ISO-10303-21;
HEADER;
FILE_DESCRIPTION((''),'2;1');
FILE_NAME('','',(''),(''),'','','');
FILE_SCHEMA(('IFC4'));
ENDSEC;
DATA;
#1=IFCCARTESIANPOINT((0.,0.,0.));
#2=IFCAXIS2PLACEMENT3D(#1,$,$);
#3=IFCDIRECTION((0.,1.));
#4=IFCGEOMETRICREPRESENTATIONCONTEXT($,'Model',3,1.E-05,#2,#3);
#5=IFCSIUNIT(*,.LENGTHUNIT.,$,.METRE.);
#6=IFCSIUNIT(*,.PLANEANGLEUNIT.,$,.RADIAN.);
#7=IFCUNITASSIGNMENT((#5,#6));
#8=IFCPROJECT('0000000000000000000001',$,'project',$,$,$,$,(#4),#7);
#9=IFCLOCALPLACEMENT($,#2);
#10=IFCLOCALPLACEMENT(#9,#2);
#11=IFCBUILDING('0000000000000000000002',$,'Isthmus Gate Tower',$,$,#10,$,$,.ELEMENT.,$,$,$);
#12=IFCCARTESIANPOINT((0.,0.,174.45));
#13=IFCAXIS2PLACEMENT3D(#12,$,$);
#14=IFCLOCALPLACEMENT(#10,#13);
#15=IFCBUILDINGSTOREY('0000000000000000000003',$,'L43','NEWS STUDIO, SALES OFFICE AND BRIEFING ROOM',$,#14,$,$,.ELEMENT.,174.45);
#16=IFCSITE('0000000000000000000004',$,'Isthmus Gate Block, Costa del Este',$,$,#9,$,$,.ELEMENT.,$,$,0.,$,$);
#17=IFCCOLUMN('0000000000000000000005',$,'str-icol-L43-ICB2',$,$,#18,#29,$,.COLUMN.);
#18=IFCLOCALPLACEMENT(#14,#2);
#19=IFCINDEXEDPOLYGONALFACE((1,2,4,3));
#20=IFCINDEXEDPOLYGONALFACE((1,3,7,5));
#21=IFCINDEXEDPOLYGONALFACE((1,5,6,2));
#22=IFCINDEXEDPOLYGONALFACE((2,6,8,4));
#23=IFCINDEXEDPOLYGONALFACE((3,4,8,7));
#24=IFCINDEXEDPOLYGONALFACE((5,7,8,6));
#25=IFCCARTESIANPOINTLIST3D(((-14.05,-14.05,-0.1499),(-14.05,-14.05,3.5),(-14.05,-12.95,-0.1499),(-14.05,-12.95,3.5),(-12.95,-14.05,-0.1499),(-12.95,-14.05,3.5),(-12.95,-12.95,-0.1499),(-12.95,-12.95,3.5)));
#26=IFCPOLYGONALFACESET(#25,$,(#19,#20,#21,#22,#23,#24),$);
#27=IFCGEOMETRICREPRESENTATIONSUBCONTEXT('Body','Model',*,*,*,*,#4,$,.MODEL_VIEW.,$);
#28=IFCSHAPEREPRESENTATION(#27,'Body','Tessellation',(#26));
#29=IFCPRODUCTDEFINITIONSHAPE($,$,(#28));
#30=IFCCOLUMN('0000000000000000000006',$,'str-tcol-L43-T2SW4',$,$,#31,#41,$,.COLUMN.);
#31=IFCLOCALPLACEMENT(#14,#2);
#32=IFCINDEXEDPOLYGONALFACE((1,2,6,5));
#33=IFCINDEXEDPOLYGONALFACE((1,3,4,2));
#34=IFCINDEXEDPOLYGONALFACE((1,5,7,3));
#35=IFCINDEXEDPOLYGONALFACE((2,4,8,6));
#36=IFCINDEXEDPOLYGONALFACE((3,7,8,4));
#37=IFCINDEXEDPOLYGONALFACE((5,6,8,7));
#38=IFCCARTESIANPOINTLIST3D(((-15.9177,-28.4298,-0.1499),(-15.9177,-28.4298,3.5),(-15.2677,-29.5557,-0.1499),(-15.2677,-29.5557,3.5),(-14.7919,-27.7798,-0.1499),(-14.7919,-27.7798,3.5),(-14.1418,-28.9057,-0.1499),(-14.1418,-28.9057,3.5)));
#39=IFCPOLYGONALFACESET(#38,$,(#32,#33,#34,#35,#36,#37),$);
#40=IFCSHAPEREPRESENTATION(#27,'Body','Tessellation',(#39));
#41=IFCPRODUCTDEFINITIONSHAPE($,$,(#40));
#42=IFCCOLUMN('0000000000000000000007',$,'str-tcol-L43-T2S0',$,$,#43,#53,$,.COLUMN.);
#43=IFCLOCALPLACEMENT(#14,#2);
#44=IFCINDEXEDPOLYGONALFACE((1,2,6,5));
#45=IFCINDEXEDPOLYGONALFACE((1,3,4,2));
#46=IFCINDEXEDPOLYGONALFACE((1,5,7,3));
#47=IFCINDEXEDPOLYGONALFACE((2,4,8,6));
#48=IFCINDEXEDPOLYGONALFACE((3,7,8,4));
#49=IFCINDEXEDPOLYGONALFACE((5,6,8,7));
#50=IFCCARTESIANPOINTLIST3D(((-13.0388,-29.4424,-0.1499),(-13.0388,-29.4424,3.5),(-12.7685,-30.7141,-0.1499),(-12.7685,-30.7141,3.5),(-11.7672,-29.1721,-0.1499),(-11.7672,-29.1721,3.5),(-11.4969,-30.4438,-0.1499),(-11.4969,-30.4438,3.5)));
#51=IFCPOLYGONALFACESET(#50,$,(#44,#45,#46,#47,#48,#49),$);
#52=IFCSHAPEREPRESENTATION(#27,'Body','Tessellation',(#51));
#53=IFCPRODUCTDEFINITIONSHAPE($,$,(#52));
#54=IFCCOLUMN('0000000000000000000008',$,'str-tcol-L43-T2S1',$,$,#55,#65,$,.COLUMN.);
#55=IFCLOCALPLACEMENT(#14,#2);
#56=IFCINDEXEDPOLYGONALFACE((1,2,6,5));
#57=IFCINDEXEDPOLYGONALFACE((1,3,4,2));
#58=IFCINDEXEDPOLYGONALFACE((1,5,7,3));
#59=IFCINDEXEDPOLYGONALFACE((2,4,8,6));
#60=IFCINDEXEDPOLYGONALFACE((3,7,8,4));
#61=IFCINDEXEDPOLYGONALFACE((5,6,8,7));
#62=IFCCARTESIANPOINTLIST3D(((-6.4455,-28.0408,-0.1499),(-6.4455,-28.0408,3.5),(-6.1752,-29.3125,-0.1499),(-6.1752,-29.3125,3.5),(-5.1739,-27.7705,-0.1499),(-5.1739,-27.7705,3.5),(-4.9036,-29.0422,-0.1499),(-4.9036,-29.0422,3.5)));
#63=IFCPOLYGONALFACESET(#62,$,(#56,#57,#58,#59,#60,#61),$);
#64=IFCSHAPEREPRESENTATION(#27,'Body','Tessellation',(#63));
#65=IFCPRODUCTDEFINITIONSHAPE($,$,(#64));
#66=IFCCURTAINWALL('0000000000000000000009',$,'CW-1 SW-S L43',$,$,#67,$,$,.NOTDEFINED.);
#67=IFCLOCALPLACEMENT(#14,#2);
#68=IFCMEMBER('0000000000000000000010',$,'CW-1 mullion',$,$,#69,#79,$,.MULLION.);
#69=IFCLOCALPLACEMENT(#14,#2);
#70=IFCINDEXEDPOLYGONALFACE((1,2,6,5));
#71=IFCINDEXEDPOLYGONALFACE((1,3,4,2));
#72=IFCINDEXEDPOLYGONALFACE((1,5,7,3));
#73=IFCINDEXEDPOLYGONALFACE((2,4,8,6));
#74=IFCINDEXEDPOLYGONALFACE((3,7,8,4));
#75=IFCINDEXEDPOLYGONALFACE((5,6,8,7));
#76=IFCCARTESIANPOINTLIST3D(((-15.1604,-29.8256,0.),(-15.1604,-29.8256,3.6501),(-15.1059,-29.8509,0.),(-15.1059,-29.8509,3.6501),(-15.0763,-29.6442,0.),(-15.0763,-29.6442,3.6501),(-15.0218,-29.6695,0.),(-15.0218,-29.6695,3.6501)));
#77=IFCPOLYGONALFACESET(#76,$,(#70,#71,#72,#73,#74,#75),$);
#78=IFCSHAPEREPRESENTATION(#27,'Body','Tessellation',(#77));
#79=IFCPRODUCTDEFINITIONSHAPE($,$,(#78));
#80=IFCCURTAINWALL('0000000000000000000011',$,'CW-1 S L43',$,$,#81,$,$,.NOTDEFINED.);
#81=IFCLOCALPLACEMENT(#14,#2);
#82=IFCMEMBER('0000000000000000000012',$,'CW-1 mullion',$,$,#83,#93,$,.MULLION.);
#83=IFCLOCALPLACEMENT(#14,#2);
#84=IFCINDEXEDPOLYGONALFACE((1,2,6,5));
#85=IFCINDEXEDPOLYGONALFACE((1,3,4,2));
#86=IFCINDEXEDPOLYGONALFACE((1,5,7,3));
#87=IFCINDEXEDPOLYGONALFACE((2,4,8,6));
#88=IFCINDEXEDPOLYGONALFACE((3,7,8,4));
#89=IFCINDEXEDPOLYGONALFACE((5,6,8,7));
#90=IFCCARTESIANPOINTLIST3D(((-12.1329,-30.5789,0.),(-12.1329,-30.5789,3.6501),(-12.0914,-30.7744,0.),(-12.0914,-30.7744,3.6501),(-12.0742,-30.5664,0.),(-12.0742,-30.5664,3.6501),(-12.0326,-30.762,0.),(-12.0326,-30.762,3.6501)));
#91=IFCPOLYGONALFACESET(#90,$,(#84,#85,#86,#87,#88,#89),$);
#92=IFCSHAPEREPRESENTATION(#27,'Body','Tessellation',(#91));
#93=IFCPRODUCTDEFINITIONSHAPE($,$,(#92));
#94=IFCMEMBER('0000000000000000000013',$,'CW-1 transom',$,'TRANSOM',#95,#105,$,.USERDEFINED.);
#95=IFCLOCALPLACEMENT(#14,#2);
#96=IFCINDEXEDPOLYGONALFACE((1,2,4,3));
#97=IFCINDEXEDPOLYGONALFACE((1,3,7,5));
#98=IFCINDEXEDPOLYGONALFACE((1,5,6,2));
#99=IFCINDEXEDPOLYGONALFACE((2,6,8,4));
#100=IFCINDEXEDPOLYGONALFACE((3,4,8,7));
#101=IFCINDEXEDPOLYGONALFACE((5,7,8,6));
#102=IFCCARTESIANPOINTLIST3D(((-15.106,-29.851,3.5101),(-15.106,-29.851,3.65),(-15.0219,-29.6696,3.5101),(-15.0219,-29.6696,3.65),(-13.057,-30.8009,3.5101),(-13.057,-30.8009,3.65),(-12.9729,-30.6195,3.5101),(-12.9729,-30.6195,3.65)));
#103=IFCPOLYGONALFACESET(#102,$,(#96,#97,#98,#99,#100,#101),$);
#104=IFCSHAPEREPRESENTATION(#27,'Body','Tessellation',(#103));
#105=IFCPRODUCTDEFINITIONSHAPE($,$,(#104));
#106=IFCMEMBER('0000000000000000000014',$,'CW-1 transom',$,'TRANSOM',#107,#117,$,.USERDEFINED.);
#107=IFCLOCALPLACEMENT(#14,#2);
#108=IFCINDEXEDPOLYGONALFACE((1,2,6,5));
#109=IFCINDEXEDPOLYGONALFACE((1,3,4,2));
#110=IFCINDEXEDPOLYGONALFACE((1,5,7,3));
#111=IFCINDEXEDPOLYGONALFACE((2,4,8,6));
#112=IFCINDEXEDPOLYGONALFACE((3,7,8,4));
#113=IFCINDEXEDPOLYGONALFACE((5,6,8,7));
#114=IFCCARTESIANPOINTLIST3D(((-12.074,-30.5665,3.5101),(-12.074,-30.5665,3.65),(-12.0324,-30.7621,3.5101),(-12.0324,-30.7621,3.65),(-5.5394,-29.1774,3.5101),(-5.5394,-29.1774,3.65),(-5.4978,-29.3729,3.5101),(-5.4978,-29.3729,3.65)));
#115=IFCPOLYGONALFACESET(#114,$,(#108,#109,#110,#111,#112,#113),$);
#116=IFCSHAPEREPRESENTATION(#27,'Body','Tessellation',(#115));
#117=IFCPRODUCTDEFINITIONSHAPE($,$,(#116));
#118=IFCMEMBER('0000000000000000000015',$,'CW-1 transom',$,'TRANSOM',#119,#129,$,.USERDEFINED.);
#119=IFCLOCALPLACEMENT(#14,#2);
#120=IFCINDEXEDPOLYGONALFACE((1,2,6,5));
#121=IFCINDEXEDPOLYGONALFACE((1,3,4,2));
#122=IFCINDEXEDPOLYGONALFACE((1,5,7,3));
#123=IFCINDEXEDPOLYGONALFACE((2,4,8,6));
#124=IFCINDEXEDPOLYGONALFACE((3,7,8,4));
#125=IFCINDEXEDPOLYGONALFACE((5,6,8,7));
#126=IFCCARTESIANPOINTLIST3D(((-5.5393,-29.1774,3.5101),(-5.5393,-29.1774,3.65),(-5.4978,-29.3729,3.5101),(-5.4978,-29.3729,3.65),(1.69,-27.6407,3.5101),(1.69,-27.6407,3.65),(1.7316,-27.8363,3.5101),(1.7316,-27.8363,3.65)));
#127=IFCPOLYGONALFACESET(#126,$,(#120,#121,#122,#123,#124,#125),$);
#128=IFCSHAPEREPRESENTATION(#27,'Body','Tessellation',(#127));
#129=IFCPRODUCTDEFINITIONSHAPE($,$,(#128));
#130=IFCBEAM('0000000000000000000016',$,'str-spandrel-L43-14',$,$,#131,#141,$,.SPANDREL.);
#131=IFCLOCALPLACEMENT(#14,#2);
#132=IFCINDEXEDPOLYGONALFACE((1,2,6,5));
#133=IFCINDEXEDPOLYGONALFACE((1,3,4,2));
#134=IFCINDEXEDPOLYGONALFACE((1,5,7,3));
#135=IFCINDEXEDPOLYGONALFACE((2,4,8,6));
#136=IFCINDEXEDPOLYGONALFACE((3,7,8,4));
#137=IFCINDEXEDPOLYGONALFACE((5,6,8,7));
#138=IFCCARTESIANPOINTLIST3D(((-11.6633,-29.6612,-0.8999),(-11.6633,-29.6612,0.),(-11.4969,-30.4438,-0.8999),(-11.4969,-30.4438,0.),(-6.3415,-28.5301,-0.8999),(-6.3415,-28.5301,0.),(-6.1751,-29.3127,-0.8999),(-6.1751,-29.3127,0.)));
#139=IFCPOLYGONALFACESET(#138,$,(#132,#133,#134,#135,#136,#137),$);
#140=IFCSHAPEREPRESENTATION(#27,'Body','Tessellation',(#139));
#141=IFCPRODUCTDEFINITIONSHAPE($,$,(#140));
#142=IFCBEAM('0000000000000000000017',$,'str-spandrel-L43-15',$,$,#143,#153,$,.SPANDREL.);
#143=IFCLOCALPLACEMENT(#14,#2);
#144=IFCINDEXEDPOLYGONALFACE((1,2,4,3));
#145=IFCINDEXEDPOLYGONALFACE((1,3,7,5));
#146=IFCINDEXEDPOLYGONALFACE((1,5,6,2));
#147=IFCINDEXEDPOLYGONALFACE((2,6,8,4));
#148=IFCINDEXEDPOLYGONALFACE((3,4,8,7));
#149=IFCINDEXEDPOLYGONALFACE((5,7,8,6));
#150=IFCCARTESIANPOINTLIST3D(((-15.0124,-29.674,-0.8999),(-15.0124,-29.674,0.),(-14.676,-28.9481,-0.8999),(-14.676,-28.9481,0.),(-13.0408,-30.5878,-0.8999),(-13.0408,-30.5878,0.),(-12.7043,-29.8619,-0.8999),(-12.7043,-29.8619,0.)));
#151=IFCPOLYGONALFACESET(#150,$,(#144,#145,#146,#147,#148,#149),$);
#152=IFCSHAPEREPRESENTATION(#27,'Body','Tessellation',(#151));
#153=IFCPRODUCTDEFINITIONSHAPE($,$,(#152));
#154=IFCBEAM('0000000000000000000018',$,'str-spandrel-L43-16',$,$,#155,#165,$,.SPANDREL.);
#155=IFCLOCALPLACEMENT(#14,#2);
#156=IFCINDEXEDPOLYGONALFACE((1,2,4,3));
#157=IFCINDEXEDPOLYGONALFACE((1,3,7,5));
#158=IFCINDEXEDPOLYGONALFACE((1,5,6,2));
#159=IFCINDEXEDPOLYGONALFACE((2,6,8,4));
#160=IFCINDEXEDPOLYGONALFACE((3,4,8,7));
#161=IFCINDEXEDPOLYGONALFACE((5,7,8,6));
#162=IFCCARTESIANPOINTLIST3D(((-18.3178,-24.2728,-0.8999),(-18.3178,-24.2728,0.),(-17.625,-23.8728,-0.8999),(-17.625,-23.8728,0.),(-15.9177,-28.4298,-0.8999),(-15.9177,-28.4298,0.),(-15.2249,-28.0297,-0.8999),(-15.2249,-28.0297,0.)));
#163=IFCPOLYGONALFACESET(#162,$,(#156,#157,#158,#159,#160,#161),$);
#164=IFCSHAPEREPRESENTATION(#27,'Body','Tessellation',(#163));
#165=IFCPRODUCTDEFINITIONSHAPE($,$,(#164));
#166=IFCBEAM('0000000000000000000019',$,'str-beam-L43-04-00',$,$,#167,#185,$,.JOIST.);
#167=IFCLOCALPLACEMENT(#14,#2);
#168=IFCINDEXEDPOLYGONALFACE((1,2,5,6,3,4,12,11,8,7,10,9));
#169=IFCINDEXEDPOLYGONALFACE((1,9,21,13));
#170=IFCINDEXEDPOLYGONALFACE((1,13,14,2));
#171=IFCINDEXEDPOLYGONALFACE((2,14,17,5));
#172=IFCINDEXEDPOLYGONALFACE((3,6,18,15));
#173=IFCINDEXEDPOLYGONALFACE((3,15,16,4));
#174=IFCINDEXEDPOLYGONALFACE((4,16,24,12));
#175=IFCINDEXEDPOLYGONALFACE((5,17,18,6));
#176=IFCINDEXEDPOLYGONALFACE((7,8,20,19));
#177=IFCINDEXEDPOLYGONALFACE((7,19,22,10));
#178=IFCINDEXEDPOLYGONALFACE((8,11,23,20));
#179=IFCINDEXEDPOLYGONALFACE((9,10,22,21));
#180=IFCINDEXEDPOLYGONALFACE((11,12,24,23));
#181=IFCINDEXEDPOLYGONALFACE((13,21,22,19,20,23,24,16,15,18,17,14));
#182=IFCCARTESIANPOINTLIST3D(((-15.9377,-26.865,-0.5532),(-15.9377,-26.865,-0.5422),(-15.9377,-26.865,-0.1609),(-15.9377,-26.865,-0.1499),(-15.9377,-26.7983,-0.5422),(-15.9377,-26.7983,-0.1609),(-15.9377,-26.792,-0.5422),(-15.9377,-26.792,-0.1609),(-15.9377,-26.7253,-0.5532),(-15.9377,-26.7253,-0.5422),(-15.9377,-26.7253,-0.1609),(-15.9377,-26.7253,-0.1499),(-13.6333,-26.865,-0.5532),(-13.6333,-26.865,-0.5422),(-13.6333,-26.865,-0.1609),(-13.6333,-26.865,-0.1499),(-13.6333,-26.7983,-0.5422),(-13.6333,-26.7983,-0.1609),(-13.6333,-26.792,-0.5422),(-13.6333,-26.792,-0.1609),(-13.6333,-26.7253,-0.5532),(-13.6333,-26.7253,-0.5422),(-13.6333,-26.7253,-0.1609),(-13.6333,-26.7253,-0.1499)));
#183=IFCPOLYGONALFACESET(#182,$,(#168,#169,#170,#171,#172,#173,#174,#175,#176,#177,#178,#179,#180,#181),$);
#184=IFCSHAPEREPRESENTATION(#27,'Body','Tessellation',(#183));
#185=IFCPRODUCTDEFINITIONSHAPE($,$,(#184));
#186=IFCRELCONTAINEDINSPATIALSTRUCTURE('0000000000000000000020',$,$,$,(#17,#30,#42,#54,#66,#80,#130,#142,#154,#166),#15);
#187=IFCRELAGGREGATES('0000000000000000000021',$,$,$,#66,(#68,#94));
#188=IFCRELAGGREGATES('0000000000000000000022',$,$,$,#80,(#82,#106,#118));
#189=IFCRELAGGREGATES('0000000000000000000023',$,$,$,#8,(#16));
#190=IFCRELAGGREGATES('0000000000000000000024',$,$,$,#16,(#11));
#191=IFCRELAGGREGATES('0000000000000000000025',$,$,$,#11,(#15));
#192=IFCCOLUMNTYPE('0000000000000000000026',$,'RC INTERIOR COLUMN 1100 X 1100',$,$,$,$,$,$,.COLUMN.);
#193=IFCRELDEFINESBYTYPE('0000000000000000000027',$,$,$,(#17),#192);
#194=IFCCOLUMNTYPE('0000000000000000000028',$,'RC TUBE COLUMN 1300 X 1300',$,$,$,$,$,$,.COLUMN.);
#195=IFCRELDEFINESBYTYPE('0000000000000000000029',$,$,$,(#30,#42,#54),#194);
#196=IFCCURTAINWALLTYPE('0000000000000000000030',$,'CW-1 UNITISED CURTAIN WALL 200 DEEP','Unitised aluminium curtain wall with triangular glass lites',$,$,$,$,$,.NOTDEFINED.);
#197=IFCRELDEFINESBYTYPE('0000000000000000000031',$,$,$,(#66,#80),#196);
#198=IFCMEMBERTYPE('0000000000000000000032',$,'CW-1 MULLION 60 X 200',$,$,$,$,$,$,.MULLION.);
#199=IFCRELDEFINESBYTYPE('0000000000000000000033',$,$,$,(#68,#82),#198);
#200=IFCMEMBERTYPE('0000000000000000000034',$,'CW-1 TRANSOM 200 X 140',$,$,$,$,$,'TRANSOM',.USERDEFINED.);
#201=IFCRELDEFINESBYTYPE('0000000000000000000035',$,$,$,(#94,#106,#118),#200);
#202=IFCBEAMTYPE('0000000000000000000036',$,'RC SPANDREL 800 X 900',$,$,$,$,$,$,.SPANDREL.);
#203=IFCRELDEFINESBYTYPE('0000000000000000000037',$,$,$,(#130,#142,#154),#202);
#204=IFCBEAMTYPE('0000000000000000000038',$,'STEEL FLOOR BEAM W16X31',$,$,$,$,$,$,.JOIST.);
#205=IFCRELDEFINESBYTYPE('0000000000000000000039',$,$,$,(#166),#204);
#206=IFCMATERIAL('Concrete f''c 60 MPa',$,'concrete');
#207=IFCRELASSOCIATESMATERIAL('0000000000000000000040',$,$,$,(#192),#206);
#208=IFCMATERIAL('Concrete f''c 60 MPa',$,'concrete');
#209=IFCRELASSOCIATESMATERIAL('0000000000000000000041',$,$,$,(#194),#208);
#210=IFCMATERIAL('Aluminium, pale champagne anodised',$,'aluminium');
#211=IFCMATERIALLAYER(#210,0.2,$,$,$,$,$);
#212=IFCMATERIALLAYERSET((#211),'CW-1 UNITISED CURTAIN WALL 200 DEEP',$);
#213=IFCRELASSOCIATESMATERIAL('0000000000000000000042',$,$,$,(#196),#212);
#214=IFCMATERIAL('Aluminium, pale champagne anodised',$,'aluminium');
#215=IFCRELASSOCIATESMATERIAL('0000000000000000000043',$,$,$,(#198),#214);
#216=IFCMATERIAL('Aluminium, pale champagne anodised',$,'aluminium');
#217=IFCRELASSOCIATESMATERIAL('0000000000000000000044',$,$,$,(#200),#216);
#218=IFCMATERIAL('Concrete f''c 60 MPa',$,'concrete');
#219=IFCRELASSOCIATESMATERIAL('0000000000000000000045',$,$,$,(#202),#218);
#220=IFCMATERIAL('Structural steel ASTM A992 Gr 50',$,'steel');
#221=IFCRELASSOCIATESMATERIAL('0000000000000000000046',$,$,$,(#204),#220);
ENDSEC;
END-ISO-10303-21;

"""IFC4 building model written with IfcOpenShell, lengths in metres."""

from ifc_helpers import new_model, si_unit, direction, frame, origin, origin_2d, place, context, subcontext, project, spatial, rectangle, i_section, extrude, material, layer, layer_set, material_profile, profile_set, type_object, element, aggregate, save


model = new_model("IFC4")

# Units and contexts
model_context = context("Model", 3, precision=1e-05, world=origin(), true_north=direction((0.0, 1.0)))
body_context = subcontext(model_context, "Body", "Model", "MODEL_VIEW")
ifc_project = project(units=[si_unit("LENGTHUNIT", "METRE"), si_unit("PLANEANGLEUNIT", "RADIAN")], contexts=[model_context])

# Site, building, storey
site_placement = place(None, origin())
site = spatial("IfcSite", under=ifc_project, at=site_placement, Name="Isthmus Gate Block, Costa del Este", CompositionType="ELEMENT", RefElevation=0.0)
building_placement = place(site_placement, origin())
building = spatial("IfcBuilding", under=site, at=building_placement, Name="Isthmus Gate Tower", CompositionType="ELEMENT")
storey_placement = place(building_placement, frame((0.0, 0.0, 174.45)))
storey = spatial("IfcBuildingStorey", under=building, at=storey_placement, Name="L43", Description="NEWS STUDIO, SALES OFFICE AND BRIEFING ROOM", CompositionType="ELEMENT", Elevation=174.45)

# Columns
ifc_material_1 = material(Name="Concrete f'c 60 MPa", Category="concrete")
ifc_material_profile_1 = material_profile(ifc_material_1, rectangle(XDim=1.1001, YDim=1.1001, at=origin_2d()), Name="RC 1100X1100")
ifc_profile_set_1 = profile_set([ifc_material_profile_1], Name="Concrete f'c 60 MPa")
column_type_1 = type_object("IfcColumnType", Name="RC INTERIOR COLUMN 1100 X 1100", PredefinedType="COLUMN", material=ifc_profile_set_1)
column_placement = place(storey_placement, frame((-13.5, -13.5, -0.1499), z_axis=(0.0, 0.0, 1.0), x_axis=(1.0, 0.0, 0.0)))
element("IfcColumn", 1, at=column_placement, inside=storey, type_object=column_type_1, Name="str-icol-L43-ICB2", PredefinedType="COLUMN", context=body_context, shape_type="SweptSolid", body=[
    extrude(rectangle(XDim=1.1001, YDim=1.1001, at=origin_2d()), origin(), (0.0, 0.0, 1.0), 3.6499),
])
ifc_material_2 = material(Name="Concrete f'c 60 MPa", Category="concrete")
ifc_material_profile_2 = material_profile(ifc_material_2, rectangle(XDim=1.3, YDim=1.3, at=origin_2d()), Name="RC 1300X1300")
ifc_profile_set_2 = profile_set([ifc_material_profile_2], Name="Concrete f'c 60 MPa")
column_type_2 = type_object("IfcColumnType", Name="RC TUBE COLUMN 1300 X 1300", PredefinedType="COLUMN", material=ifc_profile_set_2)
for number, where, z_axis, x_axis, name in (
    (2, (-15.0298, -28.6677, -0.1499), (0.0, 0.0, 1.0), (0.5, -0.866025, 0.0), "str-tcol-L43-T2SW4"),
    (3, (-12.2678, -29.9431, -0.1499), (0.0, 0.0, 1.0), (0.978148, 0.207912, 0.0), "str-tcol-L43-T2S0"),
    (4, (-5.6746, -28.5415, -0.1499), (0.0, 0.0, 1.0), (0.978148, 0.207912, 0.0), "str-tcol-L43-T2S1"),
):
    element("IfcColumn", number, at=place(storey_placement, frame(where, z_axis=z_axis, x_axis=x_axis)), inside=storey, type_object=column_type_2, Name=name, PredefinedType="COLUMN", context=body_context, shape_type="SweptSolid", body=[
        extrude(rectangle(XDim=1.3, YDim=1.3, at=origin_2d()), origin(), (0.0, 0.0, 1.0), 3.6499),
    ])

# Curtain walls, members
ifc_material_3 = material(Name="Aluminium, pale champagne anodised", Category="aluminium")
ifc_layer_1 = layer(ifc_material_3, 0.2)
ifc_layer_set_1 = layer_set([ifc_layer_1], Name="CW-1 UNITISED CURTAIN WALL 200 DEEP")
curtain_wall_type = type_object("IfcCurtainWallType", Name="CW-1 UNITISED CURTAIN WALL 200 DEEP", Description="Unitised aluminium curtain wall with triangular glass lites", PredefinedType="NOTDEFINED", material=ifc_layer_set_1)
curtain_wall_1_placement = place(storey_placement, origin())
curtain_wall_1 = element("IfcCurtainWall", 5, at=curtain_wall_1_placement, inside=storey, type_object=curtain_wall_type, Name="CW-1 SW-S L43", PredefinedType="NOTDEFINED")
ifc_material_4 = material(Name="Aluminium, pale champagne anodised", Category="aluminium")
ifc_material_profile_3 = material_profile(ifc_material_4, rectangle(XDim=0.0601, YDim=0.2, at=origin_2d()), Name="60x200")
ifc_profile_set_3 = profile_set([ifc_material_profile_3], Name="Aluminium, pale champagne anodised")
member_type_1 = type_object("IfcMemberType", Name="CW-1 MULLION 60 X 200", PredefinedType="MULLION", material=ifc_profile_set_3)
member_1_placement = place(storey_placement, frame((-15.0911, -29.7476, 0.0), z_axis=(0.0, 0.0, 1.0), x_axis=(0.907256, -0.420578, 0.0)))
member_1 = element("IfcMember", 6, at=member_1_placement, type_object=member_type_1, Name="CW-1 mullion", PredefinedType="MULLION", context=body_context, shape_type="SweptSolid", body=[
    extrude(rectangle(XDim=0.0601, YDim=0.2, at=origin_2d()), origin(), (0.0, 0.0, 1.0), 3.6501),
])
curtain_wall_2_placement = place(storey_placement, origin())
curtain_wall_2 = element("IfcCurtainWall", 7, at=curtain_wall_2_placement, inside=storey, type_object=curtain_wall_type, Name="CW-1 S L43", PredefinedType="NOTDEFINED")
member_2_placement = place(storey_placement, frame((-12.0828, -30.6704, 0.0), z_axis=(0.0, 0.0, 1.0), x_axis=(0.978148, 0.207912, 0.0)))
member_2 = element("IfcMember", 8, at=member_2_placement, type_object=member_type_1, Name="CW-1 mullion", PredefinedType="MULLION", context=body_context, shape_type="SweptSolid", body=[
    extrude(rectangle(XDim=0.0601, YDim=0.2, at=origin_2d()), origin(), (0.0, 0.0, 1.0), 3.6501),
])

# Members
ifc_material_5 = material(Name="Aluminium, pale champagne anodised", Category="aluminium")
ifc_material_profile_4 = material_profile(ifc_material_5, rectangle(XDim=0.2, YDim=0.1399, at=origin_2d()), Name="200x140")
ifc_profile_set_4 = profile_set([ifc_material_profile_4], Name="Aluminium, pale champagne anodised")
member_type_2 = type_object("IfcMemberType", Name="CW-1 TRANSOM 200 X 140", ElementType="TRANSOM", PredefinedType="USERDEFINED", material=ifc_profile_set_4)
member_3_placement = place(storey_placement, frame((-15.064, -29.7603, 3.5801), z_axis=(0.907246, -0.4206, 0.0), x_axis=(0.4206, 0.907246, 0.0)))
member_3 = element("IfcMember", 9, at=member_3_placement, type_object=member_type_2, Name="CW-1 transom", ObjectType="TRANSOM", PredefinedType="USERDEFINED", context=body_context, shape_type="SweptSolid", body=[
    extrude(rectangle(XDim=0.2, YDim=0.1399, at=origin_2d()), origin(), (0.0, 0.0, 1.0), 2.2585),
])
member_4_placement = place(storey_placement, frame((-12.0532, -30.6643, 3.5801), z_axis=(0.978142, 0.207937, 0.0), x_axis=(-0.207937, 0.978142, 0.0)))
member_4 = element("IfcMember", 10, at=member_4_placement, type_object=member_type_2, Name="CW-1 transom", ObjectType="TRANSOM", PredefinedType="USERDEFINED", context=body_context, shape_type="SweptSolid", body=[
    extrude(rectangle(XDim=0.2, YDim=0.1399, at=origin_2d()), origin(), (0.0, 0.0, 1.0), 6.6807),
])
member_5_placement = place(storey_placement, frame((-5.5186, -29.2751, 3.5801), z_axis=(0.978148, 0.207911, 0.0), x_axis=(-0.207911, 0.978148, 0.0)))
member_5 = element("IfcMember", 11, at=member_5_placement, type_object=member_type_2, Name="CW-1 transom", ObjectType="TRANSOM", PredefinedType="USERDEFINED", context=body_context, shape_type="SweptSolid", body=[
    extrude(rectangle(XDim=0.2, YDim=0.1399, at=origin_2d()), origin(), (0.0, 0.0, 1.0), 7.3909),
])

# Beams
ifc_material_6 = material(Name="Concrete f'c 60 MPa", Category="concrete")
ifc_material_profile_5 = material_profile(ifc_material_6, rectangle(XDim=0.8, YDim=0.8999, at=origin_2d()), Name="RC 800X900")
ifc_profile_set_5 = profile_set([ifc_material_profile_5], Name="Concrete f'c 60 MPa")
beam_type_1 = type_object("IfcBeamType", Name="RC SPANDREL 800 X 900", PredefinedType="SPANDREL", material=ifc_profile_set_5)
beam_1_placement = place(storey_placement, frame((-6.2583, -28.9214, -0.45), z_axis=(-0.97815, -0.207898, 0.0), x_axis=(0.207898, -0.97815, 0.0)))
element("IfcBeam", 12, at=beam_1_placement, inside=storey, type_object=beam_type_1, Name="str-spandrel-L43-14", PredefinedType="SPANDREL", context=body_context, shape_type="SweptSolid", body=[
    extrude(rectangle(XDim=0.8, YDim=0.8999, at=origin_2d()), origin(), (0.0, 0.0, 1.0), 5.4407),
])
beam_2_placement = place(storey_placement, frame((-12.8726, -30.2249, -0.45), z_axis=(-0.907291, 0.420504, 0.0), x_axis=(-0.420504, -0.907291, 0.0)))
element("IfcBeam", 13, at=beam_2_placement, inside=storey, type_object=beam_type_1, Name="str-spandrel-L43-15", PredefinedType="SPANDREL", context=body_context, shape_type="SweptSolid", body=[
    extrude(rectangle(XDim=0.8, YDim=0.8999, at=origin_2d()), origin(), (0.0, 0.0, 1.0), 2.1731),
])
beam_3_placement = place(storey_placement, frame((-15.5713, -28.2297, -0.45), z_axis=(-0.500017, 0.866015, 0.0), x_axis=(-0.866015, -0.500017, 0.0)))
element("IfcBeam", 14, at=beam_3_placement, inside=storey, type_object=beam_type_1, Name="str-spandrel-L43-16", PredefinedType="SPANDREL", context=body_context, shape_type="SweptSolid", body=[
    extrude(rectangle(XDim=0.8, YDim=0.8999, at=origin_2d()), origin(), (0.0, 0.0, 1.0), 4.8),
])
ifc_material_7 = material(Name="Structural steel ASTM A992 Gr 50", Category="steel")
ifc_material_profile_6 = material_profile(ifc_material_7, i_section(OverallWidth=0.1396, OverallDepth=0.4033, WebThickness=0.0063, FlangeThickness=0.011, at=origin_2d()), Name="W16X31")
ifc_profile_set_6 = profile_set([ifc_material_profile_6], Name="Structural steel ASTM A992 Gr 50")
beam_type_2 = type_object("IfcBeamType", Name="STEEL FLOOR BEAM W16X31", PredefinedType="JOIST", material=ifc_profile_set_6)
beam_4_placement = place(storey_placement, frame((-15.9377, -26.7952, -0.3516), z_axis=(1.0, 0.0, 0.0), x_axis=(0.0, 1.0, 0.0)))
element("IfcBeam", 15, at=beam_4_placement, inside=storey, type_object=beam_type_2, Name="str-beam-L43-04-00", PredefinedType="JOIST", context=body_context, shape_type="SweptSolid", body=[
    extrude(i_section(OverallWidth=0.1396, OverallDepth=0.4033, WebThickness=0.0063, FlangeThickness=0.011, at=origin_2d()), origin(), (0.0, 0.0, 1.0), 2.3044),
])

aggregate(curtain_wall_1, [member_1, member_3])

aggregate(curtain_wall_2, [member_2, member_4, member_5])

save(model, "model.ifc")
